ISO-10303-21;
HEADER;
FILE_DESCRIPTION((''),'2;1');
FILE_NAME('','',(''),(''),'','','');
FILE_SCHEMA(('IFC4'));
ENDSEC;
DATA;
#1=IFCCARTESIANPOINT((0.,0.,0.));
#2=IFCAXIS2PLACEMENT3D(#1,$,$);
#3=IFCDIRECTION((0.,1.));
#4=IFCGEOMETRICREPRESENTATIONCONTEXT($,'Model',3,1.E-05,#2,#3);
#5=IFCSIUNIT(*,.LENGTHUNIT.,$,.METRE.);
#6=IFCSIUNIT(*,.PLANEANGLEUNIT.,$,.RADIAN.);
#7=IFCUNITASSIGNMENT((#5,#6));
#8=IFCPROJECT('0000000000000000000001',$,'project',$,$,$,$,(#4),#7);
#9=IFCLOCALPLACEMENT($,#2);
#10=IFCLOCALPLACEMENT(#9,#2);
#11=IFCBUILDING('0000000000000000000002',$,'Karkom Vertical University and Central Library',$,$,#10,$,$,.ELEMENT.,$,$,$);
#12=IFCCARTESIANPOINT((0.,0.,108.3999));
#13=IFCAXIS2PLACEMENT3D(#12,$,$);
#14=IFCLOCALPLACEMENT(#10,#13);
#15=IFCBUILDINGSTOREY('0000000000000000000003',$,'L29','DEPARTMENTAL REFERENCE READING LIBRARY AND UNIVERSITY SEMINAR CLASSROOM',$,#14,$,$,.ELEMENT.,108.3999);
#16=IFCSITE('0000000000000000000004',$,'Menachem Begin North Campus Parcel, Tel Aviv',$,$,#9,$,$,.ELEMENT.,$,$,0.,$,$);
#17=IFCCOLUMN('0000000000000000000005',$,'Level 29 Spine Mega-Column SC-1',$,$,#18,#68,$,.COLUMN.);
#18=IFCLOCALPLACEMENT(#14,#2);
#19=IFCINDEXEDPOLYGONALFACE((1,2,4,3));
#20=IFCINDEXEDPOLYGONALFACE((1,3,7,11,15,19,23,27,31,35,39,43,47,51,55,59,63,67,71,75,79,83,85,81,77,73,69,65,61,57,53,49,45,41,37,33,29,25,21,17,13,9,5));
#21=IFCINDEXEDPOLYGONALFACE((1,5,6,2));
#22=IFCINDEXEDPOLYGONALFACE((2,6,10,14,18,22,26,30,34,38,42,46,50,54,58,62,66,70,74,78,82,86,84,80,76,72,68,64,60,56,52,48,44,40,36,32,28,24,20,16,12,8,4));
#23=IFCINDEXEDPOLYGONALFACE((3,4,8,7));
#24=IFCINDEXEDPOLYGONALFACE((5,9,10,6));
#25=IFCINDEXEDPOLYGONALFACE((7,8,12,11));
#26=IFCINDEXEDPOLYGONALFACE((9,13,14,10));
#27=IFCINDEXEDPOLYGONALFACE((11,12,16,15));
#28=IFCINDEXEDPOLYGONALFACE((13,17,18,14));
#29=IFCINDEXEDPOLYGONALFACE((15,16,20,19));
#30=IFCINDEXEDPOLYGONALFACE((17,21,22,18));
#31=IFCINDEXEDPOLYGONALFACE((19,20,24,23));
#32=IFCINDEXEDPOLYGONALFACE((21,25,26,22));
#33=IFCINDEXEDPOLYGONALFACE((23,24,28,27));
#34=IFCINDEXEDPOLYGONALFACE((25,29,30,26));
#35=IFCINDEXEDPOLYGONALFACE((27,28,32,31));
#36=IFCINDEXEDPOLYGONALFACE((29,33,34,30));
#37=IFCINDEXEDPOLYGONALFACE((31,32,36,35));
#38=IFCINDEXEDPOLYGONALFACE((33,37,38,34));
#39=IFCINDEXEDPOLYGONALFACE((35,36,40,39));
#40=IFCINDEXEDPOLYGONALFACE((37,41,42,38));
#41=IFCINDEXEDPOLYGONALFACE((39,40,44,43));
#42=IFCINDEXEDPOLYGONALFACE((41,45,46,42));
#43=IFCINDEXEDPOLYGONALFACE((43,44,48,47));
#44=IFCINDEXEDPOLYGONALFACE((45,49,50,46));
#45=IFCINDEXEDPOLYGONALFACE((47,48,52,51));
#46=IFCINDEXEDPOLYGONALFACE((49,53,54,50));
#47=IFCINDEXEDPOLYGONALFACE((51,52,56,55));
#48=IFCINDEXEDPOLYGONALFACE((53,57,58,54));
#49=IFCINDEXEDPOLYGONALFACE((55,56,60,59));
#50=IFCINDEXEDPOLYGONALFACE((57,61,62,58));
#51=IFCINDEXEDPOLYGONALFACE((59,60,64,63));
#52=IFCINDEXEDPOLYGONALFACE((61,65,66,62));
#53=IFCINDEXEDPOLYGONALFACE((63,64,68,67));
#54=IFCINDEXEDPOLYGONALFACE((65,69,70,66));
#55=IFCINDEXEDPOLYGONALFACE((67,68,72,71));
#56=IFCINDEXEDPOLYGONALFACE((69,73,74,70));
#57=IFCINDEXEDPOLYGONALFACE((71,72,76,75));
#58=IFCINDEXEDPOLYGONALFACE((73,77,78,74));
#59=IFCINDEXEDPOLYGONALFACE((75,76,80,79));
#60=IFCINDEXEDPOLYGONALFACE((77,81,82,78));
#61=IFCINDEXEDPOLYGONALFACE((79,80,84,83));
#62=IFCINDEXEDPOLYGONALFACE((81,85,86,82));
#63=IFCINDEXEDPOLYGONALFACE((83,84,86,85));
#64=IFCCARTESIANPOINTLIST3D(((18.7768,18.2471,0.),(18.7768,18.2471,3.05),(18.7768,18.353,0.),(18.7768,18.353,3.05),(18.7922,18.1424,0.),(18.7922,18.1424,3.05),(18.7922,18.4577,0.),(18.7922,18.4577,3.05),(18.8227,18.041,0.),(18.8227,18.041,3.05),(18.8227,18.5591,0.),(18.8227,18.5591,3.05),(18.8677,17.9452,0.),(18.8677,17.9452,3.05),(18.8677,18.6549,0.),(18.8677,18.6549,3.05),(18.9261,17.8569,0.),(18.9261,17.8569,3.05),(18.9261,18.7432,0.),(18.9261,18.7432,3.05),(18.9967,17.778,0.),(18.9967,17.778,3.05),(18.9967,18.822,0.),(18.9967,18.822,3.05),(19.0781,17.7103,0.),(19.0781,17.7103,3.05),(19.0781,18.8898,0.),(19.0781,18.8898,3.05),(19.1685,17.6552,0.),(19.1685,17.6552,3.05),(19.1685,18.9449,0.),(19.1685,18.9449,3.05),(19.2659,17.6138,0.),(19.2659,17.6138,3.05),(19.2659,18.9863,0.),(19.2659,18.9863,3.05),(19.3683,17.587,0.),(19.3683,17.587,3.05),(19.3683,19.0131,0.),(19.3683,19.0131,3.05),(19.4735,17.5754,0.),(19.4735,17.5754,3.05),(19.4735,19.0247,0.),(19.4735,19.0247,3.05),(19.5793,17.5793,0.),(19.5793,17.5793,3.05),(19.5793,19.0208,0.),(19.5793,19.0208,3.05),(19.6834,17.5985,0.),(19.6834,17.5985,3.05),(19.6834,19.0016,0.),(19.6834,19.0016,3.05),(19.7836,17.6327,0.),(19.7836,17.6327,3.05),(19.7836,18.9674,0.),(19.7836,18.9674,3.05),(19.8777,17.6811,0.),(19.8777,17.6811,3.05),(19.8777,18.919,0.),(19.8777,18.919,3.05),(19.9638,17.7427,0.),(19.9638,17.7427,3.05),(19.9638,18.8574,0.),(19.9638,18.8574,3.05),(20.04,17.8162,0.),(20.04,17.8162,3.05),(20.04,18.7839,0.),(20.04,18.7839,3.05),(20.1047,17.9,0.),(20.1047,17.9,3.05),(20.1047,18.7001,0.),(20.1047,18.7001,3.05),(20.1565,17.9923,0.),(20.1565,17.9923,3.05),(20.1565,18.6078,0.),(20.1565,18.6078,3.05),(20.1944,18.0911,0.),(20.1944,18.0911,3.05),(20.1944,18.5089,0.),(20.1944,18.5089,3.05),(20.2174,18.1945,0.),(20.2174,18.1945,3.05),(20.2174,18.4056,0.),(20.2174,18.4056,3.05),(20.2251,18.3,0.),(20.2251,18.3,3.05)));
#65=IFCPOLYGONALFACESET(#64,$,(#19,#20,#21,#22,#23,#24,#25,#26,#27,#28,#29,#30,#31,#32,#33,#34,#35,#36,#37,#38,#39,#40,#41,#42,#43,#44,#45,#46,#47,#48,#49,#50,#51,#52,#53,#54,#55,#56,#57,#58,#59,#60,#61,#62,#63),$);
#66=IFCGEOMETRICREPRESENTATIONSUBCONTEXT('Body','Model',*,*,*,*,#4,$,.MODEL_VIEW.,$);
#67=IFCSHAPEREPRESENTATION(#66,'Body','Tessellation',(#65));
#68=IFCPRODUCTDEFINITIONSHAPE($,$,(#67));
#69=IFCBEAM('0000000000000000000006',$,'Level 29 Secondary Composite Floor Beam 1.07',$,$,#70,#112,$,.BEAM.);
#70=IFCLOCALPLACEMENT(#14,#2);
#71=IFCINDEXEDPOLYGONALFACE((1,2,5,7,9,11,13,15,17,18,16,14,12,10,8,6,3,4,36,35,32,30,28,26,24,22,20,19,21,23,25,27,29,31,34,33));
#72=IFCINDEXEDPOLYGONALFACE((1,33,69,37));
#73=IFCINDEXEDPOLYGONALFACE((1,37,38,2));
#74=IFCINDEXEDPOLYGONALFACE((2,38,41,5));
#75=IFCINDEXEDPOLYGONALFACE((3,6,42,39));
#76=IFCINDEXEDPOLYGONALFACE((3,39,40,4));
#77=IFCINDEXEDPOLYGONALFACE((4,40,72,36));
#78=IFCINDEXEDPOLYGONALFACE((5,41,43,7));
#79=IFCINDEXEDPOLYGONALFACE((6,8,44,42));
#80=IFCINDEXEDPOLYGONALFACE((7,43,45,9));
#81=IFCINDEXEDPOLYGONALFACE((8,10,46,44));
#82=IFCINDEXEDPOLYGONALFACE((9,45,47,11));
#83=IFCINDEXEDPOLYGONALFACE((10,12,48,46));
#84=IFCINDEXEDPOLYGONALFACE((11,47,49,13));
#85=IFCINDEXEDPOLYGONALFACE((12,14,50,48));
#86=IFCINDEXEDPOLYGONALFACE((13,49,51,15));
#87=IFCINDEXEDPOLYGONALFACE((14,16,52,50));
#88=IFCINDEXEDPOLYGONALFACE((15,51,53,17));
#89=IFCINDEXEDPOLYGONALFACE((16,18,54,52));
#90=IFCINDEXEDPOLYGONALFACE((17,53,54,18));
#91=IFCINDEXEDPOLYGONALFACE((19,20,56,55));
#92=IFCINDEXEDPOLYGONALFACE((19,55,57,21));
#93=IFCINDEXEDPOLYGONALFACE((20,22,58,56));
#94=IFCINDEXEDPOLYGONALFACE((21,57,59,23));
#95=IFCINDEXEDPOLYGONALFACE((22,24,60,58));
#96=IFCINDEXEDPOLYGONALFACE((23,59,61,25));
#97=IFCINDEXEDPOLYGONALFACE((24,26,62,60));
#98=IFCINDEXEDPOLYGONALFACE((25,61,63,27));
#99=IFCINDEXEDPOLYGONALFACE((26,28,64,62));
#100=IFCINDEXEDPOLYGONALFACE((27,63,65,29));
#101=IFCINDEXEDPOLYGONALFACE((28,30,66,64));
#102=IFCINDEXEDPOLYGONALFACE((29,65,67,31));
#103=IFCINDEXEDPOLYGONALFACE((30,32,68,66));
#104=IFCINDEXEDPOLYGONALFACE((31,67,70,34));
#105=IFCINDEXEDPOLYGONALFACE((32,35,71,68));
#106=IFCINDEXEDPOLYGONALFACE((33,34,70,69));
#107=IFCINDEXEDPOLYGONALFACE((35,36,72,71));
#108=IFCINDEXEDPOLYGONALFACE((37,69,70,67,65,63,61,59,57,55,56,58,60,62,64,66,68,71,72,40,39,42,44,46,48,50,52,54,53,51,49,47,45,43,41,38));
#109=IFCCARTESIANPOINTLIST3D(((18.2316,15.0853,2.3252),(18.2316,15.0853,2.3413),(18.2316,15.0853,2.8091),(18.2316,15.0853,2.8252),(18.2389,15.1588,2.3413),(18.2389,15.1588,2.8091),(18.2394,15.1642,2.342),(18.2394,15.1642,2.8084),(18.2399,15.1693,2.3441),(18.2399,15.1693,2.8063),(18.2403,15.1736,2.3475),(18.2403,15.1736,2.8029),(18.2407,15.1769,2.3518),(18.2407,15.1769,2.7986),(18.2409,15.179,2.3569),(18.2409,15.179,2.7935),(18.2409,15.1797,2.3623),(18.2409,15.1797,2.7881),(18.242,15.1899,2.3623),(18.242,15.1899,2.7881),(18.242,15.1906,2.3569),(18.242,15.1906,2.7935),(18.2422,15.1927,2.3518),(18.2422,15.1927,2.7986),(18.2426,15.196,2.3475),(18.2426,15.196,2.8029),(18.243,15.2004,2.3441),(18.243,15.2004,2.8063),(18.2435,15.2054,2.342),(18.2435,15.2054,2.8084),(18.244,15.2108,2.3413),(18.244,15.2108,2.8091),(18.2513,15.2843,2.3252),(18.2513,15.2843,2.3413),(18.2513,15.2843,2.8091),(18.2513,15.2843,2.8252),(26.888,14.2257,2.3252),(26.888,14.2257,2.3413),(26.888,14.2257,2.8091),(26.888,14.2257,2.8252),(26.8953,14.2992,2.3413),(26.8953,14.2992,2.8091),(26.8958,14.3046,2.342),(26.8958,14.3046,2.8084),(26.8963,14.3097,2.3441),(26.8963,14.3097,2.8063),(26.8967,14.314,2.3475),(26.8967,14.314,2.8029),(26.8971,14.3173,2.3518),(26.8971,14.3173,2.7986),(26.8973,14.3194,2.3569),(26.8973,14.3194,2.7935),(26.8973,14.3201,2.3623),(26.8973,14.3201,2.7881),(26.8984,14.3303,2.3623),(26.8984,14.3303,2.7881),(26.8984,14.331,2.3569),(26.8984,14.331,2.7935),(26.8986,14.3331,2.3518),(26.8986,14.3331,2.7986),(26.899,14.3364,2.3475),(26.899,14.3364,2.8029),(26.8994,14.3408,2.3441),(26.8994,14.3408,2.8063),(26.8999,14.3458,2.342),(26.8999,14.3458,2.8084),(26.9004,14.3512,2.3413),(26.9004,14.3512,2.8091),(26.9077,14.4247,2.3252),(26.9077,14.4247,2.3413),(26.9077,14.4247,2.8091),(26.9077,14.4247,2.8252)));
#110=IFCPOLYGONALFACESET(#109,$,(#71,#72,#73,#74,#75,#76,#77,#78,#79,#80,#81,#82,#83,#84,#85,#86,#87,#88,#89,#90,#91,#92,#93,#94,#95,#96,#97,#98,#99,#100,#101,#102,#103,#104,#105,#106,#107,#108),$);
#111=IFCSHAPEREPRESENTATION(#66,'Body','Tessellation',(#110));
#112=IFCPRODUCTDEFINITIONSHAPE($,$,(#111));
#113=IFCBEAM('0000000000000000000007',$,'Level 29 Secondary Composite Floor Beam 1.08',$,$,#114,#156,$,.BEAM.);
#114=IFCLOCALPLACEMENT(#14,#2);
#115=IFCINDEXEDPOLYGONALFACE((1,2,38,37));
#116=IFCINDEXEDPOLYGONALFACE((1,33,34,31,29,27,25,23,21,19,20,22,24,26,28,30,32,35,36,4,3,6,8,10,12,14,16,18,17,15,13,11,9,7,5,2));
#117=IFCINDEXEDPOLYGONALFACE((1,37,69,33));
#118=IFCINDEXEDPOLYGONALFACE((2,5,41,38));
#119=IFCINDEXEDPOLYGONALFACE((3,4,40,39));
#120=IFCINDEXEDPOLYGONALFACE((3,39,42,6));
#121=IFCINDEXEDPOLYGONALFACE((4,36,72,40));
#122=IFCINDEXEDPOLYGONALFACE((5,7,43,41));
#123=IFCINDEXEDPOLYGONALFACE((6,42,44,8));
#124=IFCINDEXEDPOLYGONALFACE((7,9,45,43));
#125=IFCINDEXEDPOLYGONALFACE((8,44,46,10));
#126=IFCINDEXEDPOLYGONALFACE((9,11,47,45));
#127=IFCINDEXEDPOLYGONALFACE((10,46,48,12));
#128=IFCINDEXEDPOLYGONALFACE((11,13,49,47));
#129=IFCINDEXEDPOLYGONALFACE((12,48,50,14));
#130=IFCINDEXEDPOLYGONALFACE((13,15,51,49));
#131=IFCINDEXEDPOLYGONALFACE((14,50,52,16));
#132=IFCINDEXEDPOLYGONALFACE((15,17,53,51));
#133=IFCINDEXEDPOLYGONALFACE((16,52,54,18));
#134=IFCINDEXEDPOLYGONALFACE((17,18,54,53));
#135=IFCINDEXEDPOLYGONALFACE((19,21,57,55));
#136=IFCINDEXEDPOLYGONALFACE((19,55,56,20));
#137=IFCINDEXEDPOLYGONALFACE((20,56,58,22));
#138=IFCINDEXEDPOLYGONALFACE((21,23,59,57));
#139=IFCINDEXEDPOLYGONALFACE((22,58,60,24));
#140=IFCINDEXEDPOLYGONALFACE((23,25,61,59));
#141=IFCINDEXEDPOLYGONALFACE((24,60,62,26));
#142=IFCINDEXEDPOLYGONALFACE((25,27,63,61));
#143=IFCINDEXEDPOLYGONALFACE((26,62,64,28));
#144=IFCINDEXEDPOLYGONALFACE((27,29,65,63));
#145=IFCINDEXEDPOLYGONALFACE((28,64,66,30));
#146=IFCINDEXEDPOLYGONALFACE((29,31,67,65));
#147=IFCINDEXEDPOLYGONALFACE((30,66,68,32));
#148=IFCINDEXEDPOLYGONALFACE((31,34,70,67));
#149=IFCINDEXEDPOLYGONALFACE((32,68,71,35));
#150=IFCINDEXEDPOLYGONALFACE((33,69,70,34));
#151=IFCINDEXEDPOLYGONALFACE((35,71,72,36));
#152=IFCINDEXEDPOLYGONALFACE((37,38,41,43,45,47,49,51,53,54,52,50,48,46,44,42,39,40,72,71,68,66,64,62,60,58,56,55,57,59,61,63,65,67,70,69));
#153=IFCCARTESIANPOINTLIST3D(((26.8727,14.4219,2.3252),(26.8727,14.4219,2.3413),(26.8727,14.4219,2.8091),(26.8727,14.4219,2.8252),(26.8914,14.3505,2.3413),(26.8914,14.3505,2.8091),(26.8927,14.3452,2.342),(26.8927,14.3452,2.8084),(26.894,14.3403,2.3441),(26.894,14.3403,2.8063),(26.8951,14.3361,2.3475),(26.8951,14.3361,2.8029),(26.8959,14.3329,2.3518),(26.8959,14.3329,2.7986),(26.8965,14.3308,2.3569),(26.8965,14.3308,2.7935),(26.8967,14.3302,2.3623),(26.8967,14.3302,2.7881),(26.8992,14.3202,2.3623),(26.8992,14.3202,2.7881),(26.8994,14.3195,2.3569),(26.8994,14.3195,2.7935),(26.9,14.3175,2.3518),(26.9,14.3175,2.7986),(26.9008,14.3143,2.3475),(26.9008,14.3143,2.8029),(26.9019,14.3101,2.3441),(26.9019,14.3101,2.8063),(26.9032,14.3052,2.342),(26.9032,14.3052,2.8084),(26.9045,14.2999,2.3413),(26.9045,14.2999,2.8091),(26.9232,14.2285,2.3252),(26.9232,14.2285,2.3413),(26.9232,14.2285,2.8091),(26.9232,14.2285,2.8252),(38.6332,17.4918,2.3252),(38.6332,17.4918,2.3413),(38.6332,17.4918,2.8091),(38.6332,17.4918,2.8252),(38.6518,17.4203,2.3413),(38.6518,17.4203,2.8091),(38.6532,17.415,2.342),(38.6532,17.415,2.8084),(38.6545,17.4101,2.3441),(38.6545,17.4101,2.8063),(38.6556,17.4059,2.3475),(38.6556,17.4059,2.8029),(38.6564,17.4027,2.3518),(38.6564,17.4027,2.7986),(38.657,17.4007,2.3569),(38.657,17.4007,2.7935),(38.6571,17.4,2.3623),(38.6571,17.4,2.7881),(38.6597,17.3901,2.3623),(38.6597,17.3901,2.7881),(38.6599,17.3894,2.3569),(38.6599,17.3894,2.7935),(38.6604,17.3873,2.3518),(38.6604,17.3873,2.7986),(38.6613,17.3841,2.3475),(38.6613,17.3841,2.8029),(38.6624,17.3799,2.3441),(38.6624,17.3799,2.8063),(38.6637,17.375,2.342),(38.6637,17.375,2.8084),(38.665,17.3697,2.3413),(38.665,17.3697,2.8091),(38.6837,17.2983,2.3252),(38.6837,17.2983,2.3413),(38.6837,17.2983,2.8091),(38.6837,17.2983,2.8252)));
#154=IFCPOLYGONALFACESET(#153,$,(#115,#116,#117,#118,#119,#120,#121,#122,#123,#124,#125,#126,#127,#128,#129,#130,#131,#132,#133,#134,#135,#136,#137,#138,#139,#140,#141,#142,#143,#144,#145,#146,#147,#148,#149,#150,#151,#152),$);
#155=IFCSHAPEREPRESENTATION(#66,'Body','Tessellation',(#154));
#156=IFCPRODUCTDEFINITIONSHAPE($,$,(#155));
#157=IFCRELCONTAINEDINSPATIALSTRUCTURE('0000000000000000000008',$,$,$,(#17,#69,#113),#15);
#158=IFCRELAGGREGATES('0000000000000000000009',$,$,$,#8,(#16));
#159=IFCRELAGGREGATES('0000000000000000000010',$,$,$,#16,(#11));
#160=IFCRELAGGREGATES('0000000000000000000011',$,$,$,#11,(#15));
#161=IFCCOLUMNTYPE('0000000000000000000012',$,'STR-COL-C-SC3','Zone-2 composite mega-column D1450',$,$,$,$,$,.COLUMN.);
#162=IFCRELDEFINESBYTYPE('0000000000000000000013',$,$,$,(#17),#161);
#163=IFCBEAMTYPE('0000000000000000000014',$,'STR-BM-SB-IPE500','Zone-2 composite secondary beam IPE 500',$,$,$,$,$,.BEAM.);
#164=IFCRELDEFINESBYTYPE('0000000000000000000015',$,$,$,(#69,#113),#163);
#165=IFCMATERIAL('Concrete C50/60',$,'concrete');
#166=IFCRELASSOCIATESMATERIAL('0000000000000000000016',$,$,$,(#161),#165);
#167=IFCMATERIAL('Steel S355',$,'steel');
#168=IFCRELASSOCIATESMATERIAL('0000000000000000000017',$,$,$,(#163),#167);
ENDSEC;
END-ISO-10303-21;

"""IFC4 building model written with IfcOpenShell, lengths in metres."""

from ifc_helpers import new_model, si_unit, direction, frame, origin, origin_with_axes, origin_2d, place, context, subcontext, project, spatial, circle, i_section, extrude, source, transform, mapped, material, material_profile, profile_set, type_object, element, save


model = new_model("IFC4")

# Units and contexts
model_context = context("Model", 3, precision=1e-05, world=origin(), true_north=direction((0.0, 1.0)))
body_context = subcontext(model_context, "Body", "Model", "MODEL_VIEW")
ifc_project = project(units=[si_unit("LENGTHUNIT", "METRE"), si_unit("PLANEANGLEUNIT", "RADIAN")], contexts=[model_context])

# Site, building, storey
site_placement = place(None, origin())
site = spatial("IfcSite", under=ifc_project, at=site_placement, Name="Menachem Begin North Campus Parcel, Tel Aviv", CompositionType="ELEMENT", RefElevation=0.0)
building_placement = place(site_placement, origin())
building = spatial("IfcBuilding", under=site, at=building_placement, Name="Karkom Vertical University and Central Library", CompositionType="ELEMENT")
storey_placement = place(building_placement, frame((0.0, 0.0, 108.3999)))
storey = spatial("IfcBuildingStorey", under=building, at=storey_placement, Name="L29", Description="DEPARTMENTAL REFERENCE READING LIBRARY AND UNIVERSITY SEMINAR CLASSROOM", CompositionType="ELEMENT", Elevation=108.3999)

# Column
ifc_material_1 = material(Name="Concrete C50/60", Category="concrete")
ifc_material_profile_1 = material_profile(ifc_material_1, circle(Radius=0.7251, at=origin_2d()), Name="CFT-D1450")
ifc_profile_set_1 = profile_set([ifc_material_profile_1], Name="Concrete C50/60")
column_type = type_object("IfcColumnType", Name="STR-COL-C-SC3", Description="Zone-2 composite mega-column D1450", PredefinedType="COLUMN", material=ifc_profile_set_1)
shared_shape_1 = source(origin_with_axes(), body_context, "Body", "SweptSolid", [
    extrude(circle(Radius=0.7251, at=origin_2d()), origin(), (0.0, 0.0, 1.0), 3.05),
])
column_placement = place(storey_placement, frame((19.5, 18.3, 0.0), z_axis=(0.0, 0.0, 1.0), x_axis=(1.0, 0.0, 0.0)))
element("IfcColumn", 1, at=column_placement, inside=storey, type_object=column_type, Name="Level 29 Spine Mega-Column SC-1", PredefinedType="COLUMN", context=body_context, shape_type="MappedRepresentation", body=[
    mapped(shared_shape_1, transform((0.0, 0.0, 0.0), scale=1.0)),
])

# Beams
ifc_material_2 = material(Name="Steel S355", Category="steel")
ifc_material_profile_2 = material_profile(ifc_material_2, i_section(OverallWidth=0.2, OverallDepth=0.5, WebThickness=0.0103, FlangeThickness=0.0161, FilletRadius=0.021, at=origin_2d()), Name="IPE 500")
ifc_profile_set_2 = profile_set([ifc_material_profile_2], Name="Steel S355")
beam_type_1 = type_object("IfcBeamType", Name="STR-BM-SB-IPE500", Description="Zone-2 composite secondary beam IPE 500", PredefinedType="BEAM", material=ifc_profile_set_2)
shared_shape_2 = source(origin_with_axes(), body_context, "Body", "SweptSolid", [
    extrude(i_section(OverallWidth=0.2, OverallDepth=0.5, WebThickness=0.0103, FlangeThickness=0.0161, FilletRadius=0.021, at=origin_2d()), origin(), (0.0, 0.0, 1.0), 8.699),
])
beam_1_placement = place(storey_placement, frame((18.2415, 15.1848, 2.5752), z_axis=(0.995106, -0.098817, 0.0), x_axis=(0.098817, 0.995106, 0.0)))
element("IfcBeam", 2, at=beam_1_placement, inside=storey, type_object=beam_type_1, Name="Level 29 Secondary Composite Floor Beam 1.07", PredefinedType="BEAM", context=body_context, shape_type="MappedRepresentation", body=[
    mapped(shared_shape_2, transform((0.0, 0.0, 0.0), scale=1.0)),
])
shared_shape_3 = source(origin_with_axes(), body_context, "Body", "SweptSolid", [
    extrude(i_section(OverallWidth=0.2, OverallDepth=0.5, WebThickness=0.0103, FlangeThickness=0.0161, FilletRadius=0.021, at=origin_2d()), origin(), (0.0, 0.0, 1.0), 12.1545),
])
beam_2_placement = place(storey_placement, frame((26.8979, 14.3252, 2.5752), z_axis=(0.96758, 0.252566, 0.0), x_axis=(-0.252566, 0.96758, 0.0)))
element("IfcBeam", 3, at=beam_2_placement, inside=storey, type_object=beam_type_1, Name="Level 29 Secondary Composite Floor Beam 1.08", PredefinedType="BEAM", context=body_context, shape_type="MappedRepresentation", body=[
    mapped(shared_shape_3, transform((0.0, 0.0, 0.0), scale=1.0)),
])

save(model, "model.ifc")
